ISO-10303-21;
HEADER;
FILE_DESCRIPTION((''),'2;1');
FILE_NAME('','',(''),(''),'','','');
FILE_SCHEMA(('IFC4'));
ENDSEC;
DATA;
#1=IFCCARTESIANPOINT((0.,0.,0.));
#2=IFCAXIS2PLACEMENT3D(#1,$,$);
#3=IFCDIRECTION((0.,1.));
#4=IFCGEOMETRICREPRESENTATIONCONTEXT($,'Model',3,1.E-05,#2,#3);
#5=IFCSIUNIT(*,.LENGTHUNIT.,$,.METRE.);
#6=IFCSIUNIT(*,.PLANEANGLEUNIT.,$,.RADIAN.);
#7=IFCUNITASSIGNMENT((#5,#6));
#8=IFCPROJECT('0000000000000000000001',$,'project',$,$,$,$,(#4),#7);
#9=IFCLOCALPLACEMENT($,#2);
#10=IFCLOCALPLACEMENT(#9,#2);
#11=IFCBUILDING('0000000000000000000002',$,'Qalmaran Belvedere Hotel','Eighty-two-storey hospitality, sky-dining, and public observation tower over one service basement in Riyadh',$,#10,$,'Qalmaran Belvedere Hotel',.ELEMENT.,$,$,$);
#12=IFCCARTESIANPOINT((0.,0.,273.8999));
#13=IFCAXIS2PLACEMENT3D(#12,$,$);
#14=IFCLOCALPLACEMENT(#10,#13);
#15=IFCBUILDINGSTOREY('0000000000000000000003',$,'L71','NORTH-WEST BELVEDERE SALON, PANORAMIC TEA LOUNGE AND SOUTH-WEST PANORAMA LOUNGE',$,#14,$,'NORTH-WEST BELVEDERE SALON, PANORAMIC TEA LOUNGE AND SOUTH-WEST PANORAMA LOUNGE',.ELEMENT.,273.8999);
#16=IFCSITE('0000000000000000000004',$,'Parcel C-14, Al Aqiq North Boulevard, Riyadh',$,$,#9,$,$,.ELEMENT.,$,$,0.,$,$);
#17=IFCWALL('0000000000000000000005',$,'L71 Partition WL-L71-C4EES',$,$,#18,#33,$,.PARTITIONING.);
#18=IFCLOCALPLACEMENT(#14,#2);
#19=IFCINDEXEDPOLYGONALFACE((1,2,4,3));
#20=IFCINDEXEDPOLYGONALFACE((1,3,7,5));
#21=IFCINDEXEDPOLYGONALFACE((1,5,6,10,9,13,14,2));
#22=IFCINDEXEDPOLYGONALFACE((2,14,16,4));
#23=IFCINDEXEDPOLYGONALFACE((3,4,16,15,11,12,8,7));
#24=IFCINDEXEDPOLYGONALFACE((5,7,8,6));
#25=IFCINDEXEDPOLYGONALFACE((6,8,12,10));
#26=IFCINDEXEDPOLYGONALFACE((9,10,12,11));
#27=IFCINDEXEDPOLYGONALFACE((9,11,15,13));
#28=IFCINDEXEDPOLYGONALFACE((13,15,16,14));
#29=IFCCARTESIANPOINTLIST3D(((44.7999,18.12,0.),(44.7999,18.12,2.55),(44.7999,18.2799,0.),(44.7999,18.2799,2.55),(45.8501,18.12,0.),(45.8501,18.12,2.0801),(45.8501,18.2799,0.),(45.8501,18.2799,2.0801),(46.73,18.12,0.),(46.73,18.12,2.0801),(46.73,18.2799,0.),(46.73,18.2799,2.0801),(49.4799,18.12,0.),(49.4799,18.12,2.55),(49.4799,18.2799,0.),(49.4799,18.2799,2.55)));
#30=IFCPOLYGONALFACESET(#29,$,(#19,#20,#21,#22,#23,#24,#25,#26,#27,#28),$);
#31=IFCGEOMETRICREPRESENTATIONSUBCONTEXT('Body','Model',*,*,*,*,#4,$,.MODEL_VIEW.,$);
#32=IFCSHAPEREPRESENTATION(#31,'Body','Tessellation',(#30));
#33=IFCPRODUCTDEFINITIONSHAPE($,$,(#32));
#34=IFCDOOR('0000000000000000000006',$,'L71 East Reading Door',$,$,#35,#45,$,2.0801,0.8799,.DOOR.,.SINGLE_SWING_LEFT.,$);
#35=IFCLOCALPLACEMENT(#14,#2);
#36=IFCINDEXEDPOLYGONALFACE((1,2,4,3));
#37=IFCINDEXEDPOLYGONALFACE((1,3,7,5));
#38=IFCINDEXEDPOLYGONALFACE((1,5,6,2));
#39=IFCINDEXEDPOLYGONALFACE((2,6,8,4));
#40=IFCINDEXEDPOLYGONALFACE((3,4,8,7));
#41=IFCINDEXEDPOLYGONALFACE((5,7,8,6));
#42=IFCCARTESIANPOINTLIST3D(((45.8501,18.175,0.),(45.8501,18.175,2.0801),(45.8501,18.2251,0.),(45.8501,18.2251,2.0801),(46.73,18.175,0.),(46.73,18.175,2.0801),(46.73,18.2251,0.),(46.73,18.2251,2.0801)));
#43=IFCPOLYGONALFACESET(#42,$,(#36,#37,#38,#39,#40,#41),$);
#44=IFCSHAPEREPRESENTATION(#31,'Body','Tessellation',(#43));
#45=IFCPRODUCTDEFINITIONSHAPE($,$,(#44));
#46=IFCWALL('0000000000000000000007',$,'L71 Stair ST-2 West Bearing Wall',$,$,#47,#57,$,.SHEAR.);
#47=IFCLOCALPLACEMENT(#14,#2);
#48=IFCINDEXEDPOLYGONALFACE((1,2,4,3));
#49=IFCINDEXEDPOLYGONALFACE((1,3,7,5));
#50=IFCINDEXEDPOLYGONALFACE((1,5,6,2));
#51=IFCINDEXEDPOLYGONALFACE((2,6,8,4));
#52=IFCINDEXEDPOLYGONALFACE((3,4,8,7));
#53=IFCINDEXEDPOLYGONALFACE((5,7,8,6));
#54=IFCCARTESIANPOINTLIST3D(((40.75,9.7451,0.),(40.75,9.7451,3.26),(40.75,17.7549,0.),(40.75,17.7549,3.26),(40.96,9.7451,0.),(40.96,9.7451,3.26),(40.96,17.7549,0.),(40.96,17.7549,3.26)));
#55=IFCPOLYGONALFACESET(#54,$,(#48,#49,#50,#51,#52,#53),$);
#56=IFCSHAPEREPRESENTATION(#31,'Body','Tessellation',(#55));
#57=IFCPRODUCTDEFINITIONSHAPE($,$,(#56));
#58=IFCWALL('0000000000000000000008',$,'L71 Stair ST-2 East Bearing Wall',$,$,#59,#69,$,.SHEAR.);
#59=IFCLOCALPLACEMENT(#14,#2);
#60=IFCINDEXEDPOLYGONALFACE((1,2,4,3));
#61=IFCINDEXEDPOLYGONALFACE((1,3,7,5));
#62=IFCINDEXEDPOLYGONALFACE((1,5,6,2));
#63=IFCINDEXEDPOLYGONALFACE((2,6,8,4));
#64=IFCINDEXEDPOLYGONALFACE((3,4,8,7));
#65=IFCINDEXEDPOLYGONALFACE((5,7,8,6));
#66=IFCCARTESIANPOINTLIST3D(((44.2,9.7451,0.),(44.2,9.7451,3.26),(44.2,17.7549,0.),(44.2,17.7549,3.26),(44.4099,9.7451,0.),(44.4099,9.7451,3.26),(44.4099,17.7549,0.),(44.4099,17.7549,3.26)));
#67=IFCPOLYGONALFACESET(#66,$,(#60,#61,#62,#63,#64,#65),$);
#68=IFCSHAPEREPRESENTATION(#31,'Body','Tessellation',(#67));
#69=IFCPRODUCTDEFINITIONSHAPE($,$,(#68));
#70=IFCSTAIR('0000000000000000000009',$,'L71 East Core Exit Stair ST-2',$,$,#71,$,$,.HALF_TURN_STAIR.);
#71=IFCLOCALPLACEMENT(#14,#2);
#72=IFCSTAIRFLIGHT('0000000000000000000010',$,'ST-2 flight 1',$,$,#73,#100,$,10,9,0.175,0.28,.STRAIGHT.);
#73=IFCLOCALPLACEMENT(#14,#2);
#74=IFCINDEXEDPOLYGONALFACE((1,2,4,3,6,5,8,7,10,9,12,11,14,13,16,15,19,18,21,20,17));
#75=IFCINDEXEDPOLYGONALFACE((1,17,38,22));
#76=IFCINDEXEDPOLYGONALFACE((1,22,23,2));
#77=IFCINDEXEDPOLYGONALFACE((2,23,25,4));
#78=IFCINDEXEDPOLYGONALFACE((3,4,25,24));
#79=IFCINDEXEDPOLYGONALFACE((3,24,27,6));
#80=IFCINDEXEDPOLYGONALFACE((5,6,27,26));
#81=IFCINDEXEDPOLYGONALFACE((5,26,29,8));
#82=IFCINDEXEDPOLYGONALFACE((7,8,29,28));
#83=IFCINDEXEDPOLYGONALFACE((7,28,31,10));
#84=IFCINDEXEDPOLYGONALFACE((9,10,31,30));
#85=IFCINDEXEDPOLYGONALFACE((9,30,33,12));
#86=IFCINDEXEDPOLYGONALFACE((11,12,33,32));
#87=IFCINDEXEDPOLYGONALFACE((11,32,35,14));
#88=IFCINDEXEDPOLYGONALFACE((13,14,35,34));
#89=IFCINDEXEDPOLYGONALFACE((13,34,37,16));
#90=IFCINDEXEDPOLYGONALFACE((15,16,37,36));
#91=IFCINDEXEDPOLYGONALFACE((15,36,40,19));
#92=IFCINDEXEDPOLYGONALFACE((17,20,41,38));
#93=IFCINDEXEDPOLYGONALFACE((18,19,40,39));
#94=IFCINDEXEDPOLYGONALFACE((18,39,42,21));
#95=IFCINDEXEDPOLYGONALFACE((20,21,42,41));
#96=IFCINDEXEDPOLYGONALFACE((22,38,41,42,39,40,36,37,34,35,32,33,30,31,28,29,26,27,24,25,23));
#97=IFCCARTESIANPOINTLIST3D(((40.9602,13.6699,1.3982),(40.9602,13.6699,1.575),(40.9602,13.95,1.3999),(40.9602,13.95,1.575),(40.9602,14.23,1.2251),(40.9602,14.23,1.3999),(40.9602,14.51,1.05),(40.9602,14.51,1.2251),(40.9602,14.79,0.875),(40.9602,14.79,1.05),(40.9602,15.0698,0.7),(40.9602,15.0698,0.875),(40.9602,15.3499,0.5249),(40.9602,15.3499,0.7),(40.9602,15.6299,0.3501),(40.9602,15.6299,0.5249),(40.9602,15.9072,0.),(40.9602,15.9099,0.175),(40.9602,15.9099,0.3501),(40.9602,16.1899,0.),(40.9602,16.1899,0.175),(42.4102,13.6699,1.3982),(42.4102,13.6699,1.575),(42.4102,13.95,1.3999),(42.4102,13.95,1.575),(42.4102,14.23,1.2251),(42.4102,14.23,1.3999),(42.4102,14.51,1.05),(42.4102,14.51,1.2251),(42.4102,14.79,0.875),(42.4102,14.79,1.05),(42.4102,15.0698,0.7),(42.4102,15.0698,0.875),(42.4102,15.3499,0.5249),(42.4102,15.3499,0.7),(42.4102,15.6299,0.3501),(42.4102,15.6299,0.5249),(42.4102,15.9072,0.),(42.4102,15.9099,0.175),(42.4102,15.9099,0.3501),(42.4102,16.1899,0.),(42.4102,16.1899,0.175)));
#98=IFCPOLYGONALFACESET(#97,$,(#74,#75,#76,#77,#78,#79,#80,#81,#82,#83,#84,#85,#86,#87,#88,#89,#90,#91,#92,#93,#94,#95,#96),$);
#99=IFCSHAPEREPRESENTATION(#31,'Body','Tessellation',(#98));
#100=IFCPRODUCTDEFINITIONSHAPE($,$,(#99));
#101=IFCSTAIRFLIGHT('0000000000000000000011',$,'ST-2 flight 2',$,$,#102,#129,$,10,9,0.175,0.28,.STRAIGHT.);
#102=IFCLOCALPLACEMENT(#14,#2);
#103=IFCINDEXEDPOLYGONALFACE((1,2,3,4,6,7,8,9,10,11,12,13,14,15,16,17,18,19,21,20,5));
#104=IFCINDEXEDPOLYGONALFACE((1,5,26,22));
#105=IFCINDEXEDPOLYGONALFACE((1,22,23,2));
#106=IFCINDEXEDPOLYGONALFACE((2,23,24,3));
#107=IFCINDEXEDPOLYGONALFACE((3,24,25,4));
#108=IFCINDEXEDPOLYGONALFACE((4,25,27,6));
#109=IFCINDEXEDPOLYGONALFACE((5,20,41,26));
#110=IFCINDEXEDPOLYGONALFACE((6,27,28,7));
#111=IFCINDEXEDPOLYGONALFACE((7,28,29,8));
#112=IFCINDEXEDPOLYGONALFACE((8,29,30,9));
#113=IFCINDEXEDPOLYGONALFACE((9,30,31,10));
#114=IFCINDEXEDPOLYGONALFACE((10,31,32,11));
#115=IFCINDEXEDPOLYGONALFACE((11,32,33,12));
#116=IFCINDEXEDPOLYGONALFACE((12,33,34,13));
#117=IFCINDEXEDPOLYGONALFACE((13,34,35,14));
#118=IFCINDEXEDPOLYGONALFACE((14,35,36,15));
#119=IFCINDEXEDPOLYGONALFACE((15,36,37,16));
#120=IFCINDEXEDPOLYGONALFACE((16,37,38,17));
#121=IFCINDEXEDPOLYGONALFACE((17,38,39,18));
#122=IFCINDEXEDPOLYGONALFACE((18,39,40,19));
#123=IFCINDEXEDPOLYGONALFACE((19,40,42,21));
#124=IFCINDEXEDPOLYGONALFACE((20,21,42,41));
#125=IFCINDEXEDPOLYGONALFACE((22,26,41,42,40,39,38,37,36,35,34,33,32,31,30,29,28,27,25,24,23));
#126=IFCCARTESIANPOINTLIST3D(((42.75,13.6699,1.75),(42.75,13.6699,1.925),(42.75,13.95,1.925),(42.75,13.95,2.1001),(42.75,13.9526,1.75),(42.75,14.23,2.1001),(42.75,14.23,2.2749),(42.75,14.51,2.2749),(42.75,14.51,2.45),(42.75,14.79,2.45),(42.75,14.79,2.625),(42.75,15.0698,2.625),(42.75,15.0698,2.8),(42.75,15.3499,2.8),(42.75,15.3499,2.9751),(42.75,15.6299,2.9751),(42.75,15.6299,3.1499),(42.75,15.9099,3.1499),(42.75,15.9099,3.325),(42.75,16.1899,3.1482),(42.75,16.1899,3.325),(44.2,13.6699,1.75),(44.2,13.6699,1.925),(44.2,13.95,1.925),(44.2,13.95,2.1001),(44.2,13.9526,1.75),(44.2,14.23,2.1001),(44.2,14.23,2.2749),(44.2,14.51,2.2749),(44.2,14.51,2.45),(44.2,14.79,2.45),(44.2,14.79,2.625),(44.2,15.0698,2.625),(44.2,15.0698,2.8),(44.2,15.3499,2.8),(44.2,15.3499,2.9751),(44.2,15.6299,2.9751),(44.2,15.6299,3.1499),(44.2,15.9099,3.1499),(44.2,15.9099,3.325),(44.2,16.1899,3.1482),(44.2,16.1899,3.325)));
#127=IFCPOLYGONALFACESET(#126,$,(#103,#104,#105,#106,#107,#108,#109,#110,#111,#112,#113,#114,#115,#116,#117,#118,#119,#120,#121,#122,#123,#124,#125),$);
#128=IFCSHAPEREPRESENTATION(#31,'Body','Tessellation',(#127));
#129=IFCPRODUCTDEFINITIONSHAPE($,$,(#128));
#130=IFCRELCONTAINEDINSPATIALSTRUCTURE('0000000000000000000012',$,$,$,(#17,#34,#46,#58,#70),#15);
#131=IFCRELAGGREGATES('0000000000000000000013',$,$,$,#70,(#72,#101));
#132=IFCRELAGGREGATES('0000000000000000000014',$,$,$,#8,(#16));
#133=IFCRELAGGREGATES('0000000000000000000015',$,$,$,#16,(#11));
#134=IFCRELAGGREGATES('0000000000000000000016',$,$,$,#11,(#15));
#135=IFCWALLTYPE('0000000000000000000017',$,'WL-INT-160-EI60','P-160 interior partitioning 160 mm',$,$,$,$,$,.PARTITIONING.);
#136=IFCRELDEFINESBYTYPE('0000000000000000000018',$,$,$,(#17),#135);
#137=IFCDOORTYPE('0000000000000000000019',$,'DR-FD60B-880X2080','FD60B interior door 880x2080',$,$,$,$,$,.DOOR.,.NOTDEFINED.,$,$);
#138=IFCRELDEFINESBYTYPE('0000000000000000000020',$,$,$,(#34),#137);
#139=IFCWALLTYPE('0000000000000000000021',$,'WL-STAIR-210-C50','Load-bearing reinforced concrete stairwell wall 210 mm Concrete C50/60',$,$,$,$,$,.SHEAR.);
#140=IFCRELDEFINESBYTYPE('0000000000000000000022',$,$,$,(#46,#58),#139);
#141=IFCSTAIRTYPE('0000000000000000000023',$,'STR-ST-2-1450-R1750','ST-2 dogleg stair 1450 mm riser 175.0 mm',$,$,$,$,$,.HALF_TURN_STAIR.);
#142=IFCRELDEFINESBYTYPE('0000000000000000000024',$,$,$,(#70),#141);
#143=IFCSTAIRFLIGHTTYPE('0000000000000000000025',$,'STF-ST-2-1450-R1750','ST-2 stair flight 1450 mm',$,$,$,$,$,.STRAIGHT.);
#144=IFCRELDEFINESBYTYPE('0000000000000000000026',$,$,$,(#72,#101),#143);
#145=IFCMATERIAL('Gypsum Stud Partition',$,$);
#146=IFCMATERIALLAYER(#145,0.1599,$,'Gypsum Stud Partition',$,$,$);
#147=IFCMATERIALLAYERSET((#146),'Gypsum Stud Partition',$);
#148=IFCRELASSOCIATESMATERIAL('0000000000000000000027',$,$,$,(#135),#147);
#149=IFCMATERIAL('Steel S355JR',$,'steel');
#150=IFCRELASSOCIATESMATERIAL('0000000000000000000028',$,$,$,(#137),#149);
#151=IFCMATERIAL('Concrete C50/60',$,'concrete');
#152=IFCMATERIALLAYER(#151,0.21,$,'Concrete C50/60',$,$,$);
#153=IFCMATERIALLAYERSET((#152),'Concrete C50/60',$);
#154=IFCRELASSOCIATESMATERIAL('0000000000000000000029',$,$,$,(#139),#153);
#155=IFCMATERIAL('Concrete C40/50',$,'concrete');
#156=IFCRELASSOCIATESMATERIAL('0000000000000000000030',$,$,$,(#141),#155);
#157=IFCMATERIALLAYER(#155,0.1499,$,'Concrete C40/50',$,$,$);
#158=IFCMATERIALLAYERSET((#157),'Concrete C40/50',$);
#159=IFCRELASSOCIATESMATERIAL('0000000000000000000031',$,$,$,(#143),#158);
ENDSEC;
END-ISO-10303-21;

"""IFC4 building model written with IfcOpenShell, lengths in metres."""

from ifc_helpers import new_model, si_unit, direction, frame, frame_2d, origin, place, context, subcontext, project, spatial, polyline, rectangle, outline, extrude, material, layer, layer_set, type_object, element, fill, aggregate, save


model = new_model("IFC4")

# Units and contexts
model_context = context("Model", 3, precision=1e-05, world=origin(), true_north=direction((0.0, 1.0)))
body_context = subcontext(model_context, "Body", "Model", "MODEL_VIEW")
ifc_project = project(units=[si_unit("LENGTHUNIT", "METRE"), si_unit("PLANEANGLEUNIT", "RADIAN")], contexts=[model_context])

# Site, building, storey
site_placement = place(None, origin())
site = spatial("IfcSite", under=ifc_project, at=site_placement, Name="Parcel C-14, Al Aqiq North Boulevard, Riyadh", CompositionType="ELEMENT", RefElevation=0.0)
building_placement = place(site_placement, origin())
building = spatial("IfcBuilding", under=site, at=building_placement, Name="Qalmaran Belvedere Hotel", Description="Eighty-two-storey hospitality, sky-dining, and public observation tower over one service basement in Riyadh", LongName="Qalmaran Belvedere Hotel", CompositionType="ELEMENT")
storey_placement = place(building_placement, frame((0.0, 0.0, 273.8999)))
storey = spatial("IfcBuildingStorey", under=building, at=storey_placement, Name="L71", Description="NORTH-WEST BELVEDERE SALON, PANORAMIC TEA LOUNGE AND SOUTH-WEST PANORAMA LOUNGE", LongName="NORTH-WEST BELVEDERE SALON, PANORAMIC TEA LOUNGE AND SOUTH-WEST PANORAMA LOUNGE", CompositionType="ELEMENT", Elevation=273.8999)

# Shared definitions
ifc_material_1 = material(Name="Concrete C50/60", Category="concrete")

# Shared definitions
ifc_material_2 = material(Name="Steel S355JR", Category="steel")

# Wall, opening, door
ifc_material_3 = material(Name="Gypsum Stud Partition")
ifc_layer_1 = layer(ifc_material_3, 0.1599, Name="Gypsum Stud Partition")
ifc_layer_set_1 = layer_set([ifc_layer_1], Name="Gypsum Stud Partition")
wall_type_1 = type_object("IfcWallType", Name="WL-INT-160-EI60", Description="P-160 interior partitioning 160 mm", PredefinedType="PARTITIONING", material=ifc_layer_set_1)
wall_1_placement = place(storey_placement, frame((44.8, 18.2, 0.0), z_axis=(0.0, 0.0, 1.0), x_axis=(1.0, 0.0, 0.0)))
wall_1 = element("IfcWall", 1, at=wall_1_placement, inside=storey, type_object=wall_type_1, Name="L71 Partition WL-L71-C4EES", PredefinedType="PARTITIONING", context=body_context, shape_type="SweptSolid", body=[
    extrude(rectangle(XDim=4.6799, YDim=0.1599, at=frame_2d((2.3398, 0.0))), origin(), (0.0, 0.0, 1.0), 2.55),
])
opening_1_placement = place(wall_1_placement, frame((1.9299, 0.0, 0.0), z_axis=(0.0, 0.0, 1.0), x_axis=(-1.0, 0.0, 0.0)))
opening_1 = element("IfcOpeningElement", 2, at=opening_1_placement, cuts=wall_1, PredefinedType="OPENING", context=body_context, shape_type="SweptSolid", body=[
    extrude(rectangle(XDim=0.8799, YDim=2.0801, at=frame_2d((0.4399, 1.04))), frame((0.0, 0.0898, 0.0), z_axis=(0.0, -1.0, 0.0), x_axis=(1.0, 0.0, 0.0)), (0.0, 0.0, 1.0), 0.1799),
])
door_type = type_object("IfcDoorType", Name="DR-FD60B-880X2080", Description="FD60B interior door 880x2080", OperationType="NOTDEFINED", PredefinedType="DOOR", material=ifc_material_2)
door_placement = place(opening_1_placement, origin())
door = element("IfcDoor", 3, at=door_placement, inside=storey, type_object=door_type, Name="L71 East Reading Door", OperationType="SINGLE_SWING_LEFT", OverallHeight=2.0801, OverallWidth=0.8799, PredefinedType="DOOR", context=body_context, shape_type="SweptSolid", body=[
    extrude(rectangle(XDim=0.8799, YDim=2.0801, at=frame_2d((0.4399, 1.04))), frame((0.0, 0.0249, 0.0), z_axis=(0.0, -1.0, 0.0), x_axis=(1.0, 0.0, 0.0)), (0.0, 0.0, 1.0), 0.05),
])
fill(opening_1, door)

# Walls
ifc_layer_2 = layer(ifc_material_1, 0.21, Name="Concrete C50/60")
ifc_layer_set_2 = layer_set([ifc_layer_2], Name="Concrete C50/60")
wall_type_2 = type_object("IfcWallType", Name="WL-STAIR-210-C50", Description="Load-bearing reinforced concrete stairwell wall 210 mm Concrete C50/60", PredefinedType="SHEAR", material=ifc_layer_set_2)
for number, where, z_axis, x_axis, name in (
    (4, (40.855, 9.7451, 0.0), (0.0, 0.0, 1.0), (0.0, 1.0, 0.0), "L71 Stair ST-2 West Bearing Wall"),
    (5, (44.3049, 9.7451, 0.0), (0.0, 0.0, 1.0), (0.0, 1.0, 0.0), "L71 Stair ST-2 East Bearing Wall"),
):
    element("IfcWall", number, at=place(storey_placement, frame(where, z_axis=z_axis, x_axis=x_axis)), inside=storey, type_object=wall_type_2, Name=name, PredefinedType="SHEAR", context=body_context, shape_type="SweptSolid", body=[
        extrude(rectangle(XDim=8.0098, YDim=0.21, at=frame_2d((4.0049, 0.0))), origin(), (0.0, 0.0, 1.0), 3.26),
    ])

# Stair, stair flights
ifc_material_4 = material(Name="Concrete C40/50", Category="concrete")
stair_type = type_object("IfcStairType", Name="STR-ST-2-1450-R1750", Description="ST-2 dogleg stair 1450 mm riser 175.0 mm", PredefinedType="HALF_TURN_STAIR", material=ifc_material_4)
stair_placement = place(storey_placement, origin())
stair = element("IfcStair", 6, at=stair_placement, inside=storey, type_object=stair_type, Name="L71 East Core Exit Stair ST-2", PredefinedType="HALF_TURN_STAIR")
ifc_layer_3 = layer(ifc_material_4, 0.1499, Name="Concrete C40/50")
ifc_layer_set_3 = layer_set([ifc_layer_3], Name="Concrete C40/50")
stair_flight_type = type_object("IfcStairFlightType", Name="STF-ST-2-1450-R1750", Description="ST-2 stair flight 1450 mm", PredefinedType="STRAIGHT", material=ifc_layer_set_3)
stair_flight_1_placement = place(storey_placement, frame((41.6851, 16.1899, 0.0), z_axis=(0.0, 0.0, 1.0), x_axis=(0.0, -1.0, 0.0)))
stair_flight_1 = element("IfcStairFlight", 7, at=stair_flight_1_placement, type_object=stair_flight_type, Name="ST-2 flight 1", NumberOfRisers=10, NumberOfTreads=9, PredefinedType="STRAIGHT", RiserHeight=0.175, TreadLength=0.28, context=body_context, shape_type="SweptSolid", body=[
    extrude(outline(polyline([(0.0, 0.0), (0.0, 0.175), (0.28, 0.175), (0.28, 0.3501), (0.5601, 0.3501), (0.5601, 0.5249), (0.8401, 0.5249), (0.8401, 0.7), (1.1201, 0.7), (1.1201, 0.875), (1.3999, 0.875), (1.3999, 1.05), (1.6799, 1.05), (1.6799, 1.2251), (1.96, 1.2251), (1.96, 1.3999), (2.24, 1.3999), (2.24, 1.575), (2.52, 1.575), (2.52, 1.75), (2.52, 1.3982), (0.2827, 0.0), (0.0, 0.0)])), frame((0.0, 0.7251, 0.0), z_axis=(0.0, -1.0, 0.0), x_axis=(1.0, 0.0, 0.0)), (0.0, 0.0, 1.0), 1.45),
])
stair_flight_2_placement = place(storey_placement, frame((43.4751, 13.6699, 1.75), z_axis=(0.0, 0.0, 1.0), x_axis=(0.0, 1.0, 0.0)))
stair_flight_2 = element("IfcStairFlight", 8, at=stair_flight_2_placement, type_object=stair_flight_type, Name="ST-2 flight 2", NumberOfRisers=10, NumberOfTreads=9, PredefinedType="STRAIGHT", RiserHeight=0.175, TreadLength=0.28, context=body_context, shape_type="SweptSolid", body=[
    extrude(outline(polyline([(0.0, 0.0), (0.0, 0.175), (0.28, 0.175), (0.28, 0.3501), (0.5601, 0.3501), (0.5601, 0.5249), (0.8401, 0.5249), (0.8401, 0.7), (1.1201, 0.7), (1.1201, 0.875), (1.3999, 0.875), (1.3999, 1.05), (1.6799, 1.05), (1.6799, 1.2251), (1.96, 1.2251), (1.96, 1.3999), (2.24, 1.3999), (2.24, 1.575), (2.52, 1.575), (2.52, 1.75), (2.52, 1.3982), (0.2827, 0.0), (0.0, 0.0)])), frame((0.0, 0.7251, 0.0), z_axis=(0.0, -1.0, 0.0), x_axis=(1.0, 0.0, 0.0)), (0.0, 0.0, 1.0), 1.45),
])
aggregate(stair, [stair_flight_1, stair_flight_2])

save(model, "model.ifc")
